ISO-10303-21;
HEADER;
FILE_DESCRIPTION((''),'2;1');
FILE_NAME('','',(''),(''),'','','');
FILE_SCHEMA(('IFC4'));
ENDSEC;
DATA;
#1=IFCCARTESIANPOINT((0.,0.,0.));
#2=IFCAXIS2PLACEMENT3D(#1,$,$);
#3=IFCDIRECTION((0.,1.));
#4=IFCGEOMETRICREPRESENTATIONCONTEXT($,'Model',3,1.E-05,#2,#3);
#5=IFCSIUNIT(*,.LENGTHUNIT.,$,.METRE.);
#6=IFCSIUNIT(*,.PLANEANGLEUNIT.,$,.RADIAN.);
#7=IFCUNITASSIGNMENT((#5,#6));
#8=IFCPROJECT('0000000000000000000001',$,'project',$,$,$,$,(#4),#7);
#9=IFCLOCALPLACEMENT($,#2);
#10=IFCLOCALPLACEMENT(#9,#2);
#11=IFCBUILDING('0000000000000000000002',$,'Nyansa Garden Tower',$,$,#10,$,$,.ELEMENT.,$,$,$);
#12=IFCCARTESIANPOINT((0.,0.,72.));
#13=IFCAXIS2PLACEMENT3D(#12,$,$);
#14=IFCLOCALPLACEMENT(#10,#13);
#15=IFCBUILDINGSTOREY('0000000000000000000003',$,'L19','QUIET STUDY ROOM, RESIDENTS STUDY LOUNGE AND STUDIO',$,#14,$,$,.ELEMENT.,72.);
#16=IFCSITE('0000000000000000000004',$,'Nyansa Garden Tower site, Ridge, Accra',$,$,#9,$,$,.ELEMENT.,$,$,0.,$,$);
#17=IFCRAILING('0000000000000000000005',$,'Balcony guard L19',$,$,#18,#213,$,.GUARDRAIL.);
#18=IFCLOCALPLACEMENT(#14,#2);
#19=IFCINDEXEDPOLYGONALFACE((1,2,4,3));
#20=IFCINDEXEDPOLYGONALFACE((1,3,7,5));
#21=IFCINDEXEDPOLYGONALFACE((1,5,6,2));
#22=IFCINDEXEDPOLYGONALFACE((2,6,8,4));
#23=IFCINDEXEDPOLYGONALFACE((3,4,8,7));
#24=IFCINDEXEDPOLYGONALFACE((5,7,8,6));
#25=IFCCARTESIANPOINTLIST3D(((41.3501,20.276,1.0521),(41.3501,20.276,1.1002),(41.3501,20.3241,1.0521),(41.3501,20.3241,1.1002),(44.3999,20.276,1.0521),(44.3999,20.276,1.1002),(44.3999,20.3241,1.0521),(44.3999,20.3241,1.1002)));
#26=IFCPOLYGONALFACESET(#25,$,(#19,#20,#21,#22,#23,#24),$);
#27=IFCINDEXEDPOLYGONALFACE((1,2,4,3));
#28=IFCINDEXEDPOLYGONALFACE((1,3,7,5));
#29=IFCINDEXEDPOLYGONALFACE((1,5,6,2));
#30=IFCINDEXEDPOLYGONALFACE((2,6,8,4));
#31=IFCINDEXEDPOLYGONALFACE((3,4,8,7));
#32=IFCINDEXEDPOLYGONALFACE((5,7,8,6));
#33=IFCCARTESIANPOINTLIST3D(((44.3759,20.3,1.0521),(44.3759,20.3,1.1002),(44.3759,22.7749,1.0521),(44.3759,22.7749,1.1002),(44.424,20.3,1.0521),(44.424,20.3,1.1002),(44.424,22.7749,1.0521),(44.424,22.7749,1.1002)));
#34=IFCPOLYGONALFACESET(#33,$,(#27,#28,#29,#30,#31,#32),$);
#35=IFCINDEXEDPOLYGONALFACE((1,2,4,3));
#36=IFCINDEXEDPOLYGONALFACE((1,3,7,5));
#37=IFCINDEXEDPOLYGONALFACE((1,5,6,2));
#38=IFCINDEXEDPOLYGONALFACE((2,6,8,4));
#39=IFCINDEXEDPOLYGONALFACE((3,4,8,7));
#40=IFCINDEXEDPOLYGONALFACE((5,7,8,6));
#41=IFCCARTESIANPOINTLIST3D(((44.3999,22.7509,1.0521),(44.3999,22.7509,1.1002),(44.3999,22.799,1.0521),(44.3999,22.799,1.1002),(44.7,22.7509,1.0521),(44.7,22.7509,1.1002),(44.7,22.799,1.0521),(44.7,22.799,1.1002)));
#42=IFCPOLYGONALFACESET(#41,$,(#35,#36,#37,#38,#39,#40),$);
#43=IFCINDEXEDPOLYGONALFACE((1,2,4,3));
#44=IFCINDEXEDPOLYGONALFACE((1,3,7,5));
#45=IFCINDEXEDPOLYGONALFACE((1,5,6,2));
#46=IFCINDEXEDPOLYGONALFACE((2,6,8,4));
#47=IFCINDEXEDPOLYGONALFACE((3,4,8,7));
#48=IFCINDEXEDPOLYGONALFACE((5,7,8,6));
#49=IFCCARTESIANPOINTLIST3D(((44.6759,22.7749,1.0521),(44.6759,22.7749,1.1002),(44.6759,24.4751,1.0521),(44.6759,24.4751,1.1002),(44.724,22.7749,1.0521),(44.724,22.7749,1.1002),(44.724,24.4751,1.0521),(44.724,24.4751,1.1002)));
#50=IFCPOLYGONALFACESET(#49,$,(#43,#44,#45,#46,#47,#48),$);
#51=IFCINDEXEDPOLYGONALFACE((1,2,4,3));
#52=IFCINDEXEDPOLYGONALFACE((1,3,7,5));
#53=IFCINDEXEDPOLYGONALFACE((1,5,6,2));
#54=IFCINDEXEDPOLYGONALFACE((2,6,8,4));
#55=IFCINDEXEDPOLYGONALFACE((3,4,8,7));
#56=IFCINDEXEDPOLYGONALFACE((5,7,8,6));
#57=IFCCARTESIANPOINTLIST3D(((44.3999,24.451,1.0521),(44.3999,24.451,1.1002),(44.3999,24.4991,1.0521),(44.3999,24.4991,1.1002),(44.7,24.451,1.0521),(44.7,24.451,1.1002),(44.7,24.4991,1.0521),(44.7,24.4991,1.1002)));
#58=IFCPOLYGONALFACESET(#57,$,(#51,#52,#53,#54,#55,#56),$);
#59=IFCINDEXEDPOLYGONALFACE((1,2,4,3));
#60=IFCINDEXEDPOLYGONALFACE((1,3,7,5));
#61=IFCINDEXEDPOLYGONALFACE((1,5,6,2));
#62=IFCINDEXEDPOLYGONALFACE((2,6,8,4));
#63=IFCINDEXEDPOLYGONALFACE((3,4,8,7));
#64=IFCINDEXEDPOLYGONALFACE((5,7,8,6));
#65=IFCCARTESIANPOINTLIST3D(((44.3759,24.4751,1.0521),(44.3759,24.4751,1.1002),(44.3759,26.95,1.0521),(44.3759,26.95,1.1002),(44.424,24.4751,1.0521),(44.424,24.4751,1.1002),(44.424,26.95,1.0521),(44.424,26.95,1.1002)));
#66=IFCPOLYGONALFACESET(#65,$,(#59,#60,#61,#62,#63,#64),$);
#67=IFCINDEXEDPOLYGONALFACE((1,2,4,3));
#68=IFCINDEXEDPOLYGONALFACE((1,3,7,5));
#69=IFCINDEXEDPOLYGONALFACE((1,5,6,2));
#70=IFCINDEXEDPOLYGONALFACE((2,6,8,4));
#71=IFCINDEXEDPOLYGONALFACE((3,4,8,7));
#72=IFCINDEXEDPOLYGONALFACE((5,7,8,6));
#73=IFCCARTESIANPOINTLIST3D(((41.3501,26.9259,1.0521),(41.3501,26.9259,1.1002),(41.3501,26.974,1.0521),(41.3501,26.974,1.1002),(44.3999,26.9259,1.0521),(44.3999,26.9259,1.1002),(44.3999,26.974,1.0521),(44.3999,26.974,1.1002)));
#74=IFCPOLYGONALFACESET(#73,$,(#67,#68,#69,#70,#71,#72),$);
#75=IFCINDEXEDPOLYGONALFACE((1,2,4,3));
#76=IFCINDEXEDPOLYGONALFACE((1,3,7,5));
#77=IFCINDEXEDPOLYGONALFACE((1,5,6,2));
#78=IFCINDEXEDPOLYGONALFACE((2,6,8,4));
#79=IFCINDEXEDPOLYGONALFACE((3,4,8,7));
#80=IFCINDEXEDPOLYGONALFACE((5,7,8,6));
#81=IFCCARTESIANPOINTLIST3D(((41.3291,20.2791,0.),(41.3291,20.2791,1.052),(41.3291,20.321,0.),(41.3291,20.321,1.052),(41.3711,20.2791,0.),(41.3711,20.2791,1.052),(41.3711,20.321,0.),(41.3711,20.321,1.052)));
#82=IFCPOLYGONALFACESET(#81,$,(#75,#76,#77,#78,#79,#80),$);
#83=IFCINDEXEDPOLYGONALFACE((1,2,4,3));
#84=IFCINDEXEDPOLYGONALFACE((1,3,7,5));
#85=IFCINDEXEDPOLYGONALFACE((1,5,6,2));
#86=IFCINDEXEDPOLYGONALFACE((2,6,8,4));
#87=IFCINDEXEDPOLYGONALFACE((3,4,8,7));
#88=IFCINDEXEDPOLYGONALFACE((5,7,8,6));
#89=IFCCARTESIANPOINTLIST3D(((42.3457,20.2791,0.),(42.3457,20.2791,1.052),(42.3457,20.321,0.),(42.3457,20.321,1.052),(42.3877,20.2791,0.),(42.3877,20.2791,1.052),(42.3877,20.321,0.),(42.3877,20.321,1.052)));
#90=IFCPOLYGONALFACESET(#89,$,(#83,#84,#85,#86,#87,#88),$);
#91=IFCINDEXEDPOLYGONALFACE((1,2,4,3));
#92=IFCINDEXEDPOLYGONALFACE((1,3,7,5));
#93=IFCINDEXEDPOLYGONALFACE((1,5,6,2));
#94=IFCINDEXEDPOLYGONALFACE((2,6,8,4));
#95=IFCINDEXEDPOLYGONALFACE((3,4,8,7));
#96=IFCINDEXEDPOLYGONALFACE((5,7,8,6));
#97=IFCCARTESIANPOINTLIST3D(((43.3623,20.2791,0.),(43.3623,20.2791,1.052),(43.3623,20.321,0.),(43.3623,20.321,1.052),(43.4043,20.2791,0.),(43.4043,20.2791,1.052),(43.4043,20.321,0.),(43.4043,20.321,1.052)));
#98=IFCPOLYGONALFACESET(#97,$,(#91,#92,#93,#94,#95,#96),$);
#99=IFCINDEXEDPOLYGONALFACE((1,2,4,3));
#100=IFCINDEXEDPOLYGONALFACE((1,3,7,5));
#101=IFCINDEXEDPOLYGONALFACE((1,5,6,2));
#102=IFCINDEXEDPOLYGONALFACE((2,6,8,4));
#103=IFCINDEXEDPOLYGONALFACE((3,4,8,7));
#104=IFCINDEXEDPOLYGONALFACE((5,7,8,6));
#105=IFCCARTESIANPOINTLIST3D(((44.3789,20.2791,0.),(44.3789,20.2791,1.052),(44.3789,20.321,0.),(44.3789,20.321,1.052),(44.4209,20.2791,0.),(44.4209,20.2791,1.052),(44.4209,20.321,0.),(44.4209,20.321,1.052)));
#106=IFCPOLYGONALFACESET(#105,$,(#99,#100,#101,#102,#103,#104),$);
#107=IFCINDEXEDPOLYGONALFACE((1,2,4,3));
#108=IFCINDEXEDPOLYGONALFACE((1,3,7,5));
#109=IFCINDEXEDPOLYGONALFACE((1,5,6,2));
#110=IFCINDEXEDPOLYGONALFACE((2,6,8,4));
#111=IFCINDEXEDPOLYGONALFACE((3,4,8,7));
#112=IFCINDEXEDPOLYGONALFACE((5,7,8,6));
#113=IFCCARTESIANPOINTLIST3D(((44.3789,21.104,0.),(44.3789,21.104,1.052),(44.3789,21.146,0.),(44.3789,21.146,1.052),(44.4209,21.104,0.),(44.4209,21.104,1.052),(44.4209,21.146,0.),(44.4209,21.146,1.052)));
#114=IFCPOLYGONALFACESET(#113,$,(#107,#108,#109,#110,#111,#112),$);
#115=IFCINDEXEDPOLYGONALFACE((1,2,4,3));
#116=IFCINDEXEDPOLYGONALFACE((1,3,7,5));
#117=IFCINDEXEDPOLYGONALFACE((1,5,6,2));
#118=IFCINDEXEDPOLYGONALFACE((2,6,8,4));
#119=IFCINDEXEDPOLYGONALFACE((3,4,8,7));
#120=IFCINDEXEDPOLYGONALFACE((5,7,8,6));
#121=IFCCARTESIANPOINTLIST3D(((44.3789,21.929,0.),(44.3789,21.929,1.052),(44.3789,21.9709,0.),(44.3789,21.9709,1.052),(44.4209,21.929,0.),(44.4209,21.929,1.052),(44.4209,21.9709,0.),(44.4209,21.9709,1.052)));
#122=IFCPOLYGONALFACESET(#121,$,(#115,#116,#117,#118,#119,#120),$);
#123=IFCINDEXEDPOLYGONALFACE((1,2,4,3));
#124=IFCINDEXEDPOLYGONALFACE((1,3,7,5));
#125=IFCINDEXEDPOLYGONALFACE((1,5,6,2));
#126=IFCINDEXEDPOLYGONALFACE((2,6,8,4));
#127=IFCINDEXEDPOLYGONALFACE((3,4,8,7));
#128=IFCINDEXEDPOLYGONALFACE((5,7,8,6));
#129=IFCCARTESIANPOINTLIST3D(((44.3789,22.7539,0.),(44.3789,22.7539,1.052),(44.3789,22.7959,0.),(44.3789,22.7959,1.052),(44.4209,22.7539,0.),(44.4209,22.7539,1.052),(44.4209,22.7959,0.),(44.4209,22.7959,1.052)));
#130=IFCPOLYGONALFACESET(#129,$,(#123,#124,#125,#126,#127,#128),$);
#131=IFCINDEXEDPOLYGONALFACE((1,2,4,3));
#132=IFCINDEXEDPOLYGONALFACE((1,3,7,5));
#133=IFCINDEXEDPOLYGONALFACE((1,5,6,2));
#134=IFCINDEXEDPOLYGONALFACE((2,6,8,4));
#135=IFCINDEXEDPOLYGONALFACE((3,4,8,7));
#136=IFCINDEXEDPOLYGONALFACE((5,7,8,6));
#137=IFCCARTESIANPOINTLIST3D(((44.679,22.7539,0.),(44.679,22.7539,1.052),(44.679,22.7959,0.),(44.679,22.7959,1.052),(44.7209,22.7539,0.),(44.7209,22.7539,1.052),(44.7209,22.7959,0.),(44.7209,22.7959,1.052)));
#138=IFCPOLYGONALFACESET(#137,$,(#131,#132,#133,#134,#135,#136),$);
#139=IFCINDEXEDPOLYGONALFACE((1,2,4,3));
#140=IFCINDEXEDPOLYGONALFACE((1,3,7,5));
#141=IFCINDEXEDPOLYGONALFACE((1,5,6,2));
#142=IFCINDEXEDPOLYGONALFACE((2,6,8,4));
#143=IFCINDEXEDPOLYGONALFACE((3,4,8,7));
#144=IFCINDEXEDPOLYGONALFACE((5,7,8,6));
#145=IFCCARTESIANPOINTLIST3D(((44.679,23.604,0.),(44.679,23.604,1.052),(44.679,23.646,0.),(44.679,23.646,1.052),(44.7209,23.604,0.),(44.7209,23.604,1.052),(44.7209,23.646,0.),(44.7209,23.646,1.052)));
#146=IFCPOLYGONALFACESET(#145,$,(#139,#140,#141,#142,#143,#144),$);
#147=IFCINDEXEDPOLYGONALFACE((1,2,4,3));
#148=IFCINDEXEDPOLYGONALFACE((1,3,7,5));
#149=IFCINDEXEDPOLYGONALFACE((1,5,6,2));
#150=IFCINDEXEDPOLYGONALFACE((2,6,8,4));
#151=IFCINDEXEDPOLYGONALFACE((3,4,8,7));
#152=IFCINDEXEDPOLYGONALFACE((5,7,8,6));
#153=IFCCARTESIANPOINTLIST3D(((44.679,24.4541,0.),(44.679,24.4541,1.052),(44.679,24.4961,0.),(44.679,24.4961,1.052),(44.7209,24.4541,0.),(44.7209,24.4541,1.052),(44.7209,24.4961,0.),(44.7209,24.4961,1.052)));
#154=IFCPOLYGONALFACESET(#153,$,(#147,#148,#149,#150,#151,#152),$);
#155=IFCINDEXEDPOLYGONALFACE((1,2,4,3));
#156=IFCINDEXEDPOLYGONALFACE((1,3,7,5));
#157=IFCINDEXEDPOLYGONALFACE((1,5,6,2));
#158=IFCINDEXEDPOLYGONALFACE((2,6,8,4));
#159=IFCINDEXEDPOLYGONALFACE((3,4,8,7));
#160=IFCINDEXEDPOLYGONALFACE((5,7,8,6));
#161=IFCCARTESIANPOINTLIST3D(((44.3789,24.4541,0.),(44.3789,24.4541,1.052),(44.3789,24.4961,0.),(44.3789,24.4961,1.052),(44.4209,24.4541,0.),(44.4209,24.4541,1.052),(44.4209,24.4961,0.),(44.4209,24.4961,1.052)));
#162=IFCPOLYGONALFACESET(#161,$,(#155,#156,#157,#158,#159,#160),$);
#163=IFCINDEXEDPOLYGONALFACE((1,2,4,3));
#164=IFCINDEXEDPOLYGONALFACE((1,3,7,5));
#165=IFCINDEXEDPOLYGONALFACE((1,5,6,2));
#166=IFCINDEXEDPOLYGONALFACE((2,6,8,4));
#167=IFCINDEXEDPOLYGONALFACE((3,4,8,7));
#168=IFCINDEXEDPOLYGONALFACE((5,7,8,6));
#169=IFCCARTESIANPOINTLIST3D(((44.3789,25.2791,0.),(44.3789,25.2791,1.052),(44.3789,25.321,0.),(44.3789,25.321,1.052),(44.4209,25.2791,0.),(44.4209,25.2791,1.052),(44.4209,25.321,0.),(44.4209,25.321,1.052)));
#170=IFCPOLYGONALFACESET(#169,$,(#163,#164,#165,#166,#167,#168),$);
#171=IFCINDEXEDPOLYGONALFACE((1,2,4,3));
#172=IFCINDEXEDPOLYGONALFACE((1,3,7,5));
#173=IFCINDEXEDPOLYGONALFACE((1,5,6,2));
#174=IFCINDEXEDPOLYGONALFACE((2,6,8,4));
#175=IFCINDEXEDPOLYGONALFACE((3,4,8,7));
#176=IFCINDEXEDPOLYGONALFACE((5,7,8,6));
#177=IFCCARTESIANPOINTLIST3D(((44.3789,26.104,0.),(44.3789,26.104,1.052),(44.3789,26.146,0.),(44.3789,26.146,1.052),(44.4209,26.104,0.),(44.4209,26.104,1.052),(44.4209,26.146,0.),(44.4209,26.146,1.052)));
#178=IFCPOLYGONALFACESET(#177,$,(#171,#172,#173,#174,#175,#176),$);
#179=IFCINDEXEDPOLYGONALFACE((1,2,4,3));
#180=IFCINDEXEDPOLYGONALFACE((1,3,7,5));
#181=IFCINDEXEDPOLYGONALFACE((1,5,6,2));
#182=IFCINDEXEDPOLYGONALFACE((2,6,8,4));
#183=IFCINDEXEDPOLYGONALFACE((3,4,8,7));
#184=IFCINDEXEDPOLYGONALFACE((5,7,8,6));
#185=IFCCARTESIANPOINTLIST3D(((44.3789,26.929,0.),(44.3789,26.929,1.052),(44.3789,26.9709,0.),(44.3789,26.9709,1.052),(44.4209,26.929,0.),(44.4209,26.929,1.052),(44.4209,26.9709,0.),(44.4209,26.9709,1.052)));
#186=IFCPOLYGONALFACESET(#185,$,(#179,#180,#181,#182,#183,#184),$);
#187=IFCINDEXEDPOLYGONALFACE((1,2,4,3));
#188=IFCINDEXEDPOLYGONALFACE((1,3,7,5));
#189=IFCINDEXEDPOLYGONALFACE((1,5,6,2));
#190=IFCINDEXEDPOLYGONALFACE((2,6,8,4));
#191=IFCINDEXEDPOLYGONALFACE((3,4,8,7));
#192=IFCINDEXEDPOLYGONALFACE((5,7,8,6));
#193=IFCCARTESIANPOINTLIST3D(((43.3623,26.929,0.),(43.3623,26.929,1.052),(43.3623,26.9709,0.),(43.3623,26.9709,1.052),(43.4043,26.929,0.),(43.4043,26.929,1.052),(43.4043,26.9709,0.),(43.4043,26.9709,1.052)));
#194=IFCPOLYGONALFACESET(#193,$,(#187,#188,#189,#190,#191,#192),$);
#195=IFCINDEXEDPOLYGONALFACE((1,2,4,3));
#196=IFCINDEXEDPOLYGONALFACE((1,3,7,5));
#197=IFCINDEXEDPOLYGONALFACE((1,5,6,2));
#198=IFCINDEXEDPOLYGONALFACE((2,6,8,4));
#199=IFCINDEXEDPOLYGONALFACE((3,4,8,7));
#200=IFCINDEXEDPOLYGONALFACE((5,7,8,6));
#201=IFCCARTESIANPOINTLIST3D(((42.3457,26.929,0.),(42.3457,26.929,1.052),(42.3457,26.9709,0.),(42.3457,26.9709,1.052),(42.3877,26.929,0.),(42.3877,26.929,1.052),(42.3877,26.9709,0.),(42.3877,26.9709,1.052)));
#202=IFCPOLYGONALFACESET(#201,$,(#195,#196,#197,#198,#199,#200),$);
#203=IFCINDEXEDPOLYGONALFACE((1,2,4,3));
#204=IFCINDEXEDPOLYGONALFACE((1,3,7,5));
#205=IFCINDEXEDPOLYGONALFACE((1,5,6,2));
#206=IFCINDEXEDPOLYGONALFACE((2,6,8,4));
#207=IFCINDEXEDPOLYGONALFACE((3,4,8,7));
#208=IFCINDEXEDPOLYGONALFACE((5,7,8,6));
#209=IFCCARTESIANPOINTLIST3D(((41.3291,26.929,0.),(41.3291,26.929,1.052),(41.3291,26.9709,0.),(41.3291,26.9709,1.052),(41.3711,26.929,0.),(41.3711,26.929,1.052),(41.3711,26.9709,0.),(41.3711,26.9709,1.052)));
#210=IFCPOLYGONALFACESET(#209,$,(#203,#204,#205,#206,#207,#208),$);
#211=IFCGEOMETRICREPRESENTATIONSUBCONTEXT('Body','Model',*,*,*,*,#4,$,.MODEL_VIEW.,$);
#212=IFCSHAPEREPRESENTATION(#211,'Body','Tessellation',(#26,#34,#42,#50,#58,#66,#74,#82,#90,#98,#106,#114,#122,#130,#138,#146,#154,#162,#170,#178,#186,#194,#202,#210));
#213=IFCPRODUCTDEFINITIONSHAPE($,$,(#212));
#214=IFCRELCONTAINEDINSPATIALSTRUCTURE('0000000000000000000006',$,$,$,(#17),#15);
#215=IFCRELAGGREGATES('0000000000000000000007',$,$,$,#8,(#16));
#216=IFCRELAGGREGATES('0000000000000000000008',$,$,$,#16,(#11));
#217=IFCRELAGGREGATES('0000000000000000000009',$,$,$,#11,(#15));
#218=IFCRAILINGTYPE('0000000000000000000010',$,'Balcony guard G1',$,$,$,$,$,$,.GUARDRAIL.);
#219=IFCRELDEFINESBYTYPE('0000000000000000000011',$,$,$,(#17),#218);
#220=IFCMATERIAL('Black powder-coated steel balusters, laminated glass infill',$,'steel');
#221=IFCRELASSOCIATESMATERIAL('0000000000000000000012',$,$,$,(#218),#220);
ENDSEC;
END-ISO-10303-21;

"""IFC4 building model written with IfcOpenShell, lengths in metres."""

from ifc_helpers import new_model, si_unit, direction, frame, origin, origin_2d, place, context, subcontext, project, spatial, rectangle, extrude, material, type_object, element, save


model = new_model("IFC4")

# Units and contexts
model_context = context("Model", 3, precision=1e-05, world=origin(), true_north=direction((0.0, 1.0)))
body_context = subcontext(model_context, "Body", "Model", "MODEL_VIEW")
ifc_project = project(units=[si_unit("LENGTHUNIT", "METRE"), si_unit("PLANEANGLEUNIT", "RADIAN")], contexts=[model_context])

# Site, building, storey
site_placement = place(None, origin())
site = spatial("IfcSite", under=ifc_project, at=site_placement, Name="Nyansa Garden Tower site, Ridge, Accra", CompositionType="ELEMENT", RefElevation=0.0)
building_placement = place(site_placement, origin())
building = spatial("IfcBuilding", under=site, at=building_placement, Name="Nyansa Garden Tower", CompositionType="ELEMENT")
storey_placement = place(building_placement, frame((0.0, 0.0, 72.0)))
storey = spatial("IfcBuildingStorey", under=building, at=storey_placement, Name="L19", Description="QUIET STUDY ROOM, RESIDENTS STUDY LOUNGE AND STUDIO", CompositionType="ELEMENT", Elevation=72.0)

# Railing
ifc_material_1 = material(Name="Black powder-coated steel balusters, laminated glass infill", Category="steel")
railing_type = type_object("IfcRailingType", Name="Balcony guard G1", PredefinedType="GUARDRAIL", material=ifc_material_1)
railing_placement = place(storey_placement, frame((41.3501, 20.3, 0.0)))
element("IfcRailing", 1, at=railing_placement, inside=storey, type_object=railing_type, Name="Balcony guard L19", PredefinedType="GUARDRAIL", context=body_context, shape_type="SweptSolid", body=[
    extrude(rectangle(XDim=0.0481, YDim=0.0481, at=origin_2d()), frame((0.0, 0.0, 1.0762), z_axis=(1.0, 0.0, 0.0), x_axis=(0.0, 1.0, 0.0)), (0.0, 0.0, 1.0), 3.0498),
    extrude(rectangle(XDim=0.0481, YDim=0.0481, at=origin_2d()), frame((3.0498, 0.0, 1.0762), z_axis=(0.0, 1.0, 0.0), x_axis=(-1.0, 0.0, 0.0)), (0.0, 0.0, 1.0), 2.4749),
    extrude(rectangle(XDim=0.0481, YDim=0.0481, at=origin_2d()), frame((3.0498, 2.4749, 1.0762), z_axis=(1.0, 0.0, 0.0), x_axis=(0.0, 1.0, 0.0)), (0.0, 0.0, 1.0), 0.3),
    extrude(rectangle(XDim=0.0481, YDim=0.0481, at=origin_2d()), frame((3.3499, 2.4749, 1.0762), z_axis=(0.0, 1.0, 0.0), x_axis=(-1.0, 0.0, 0.0)), (0.0, 0.0, 1.0), 1.7002),
    extrude(rectangle(XDim=0.0481, YDim=0.0481, at=origin_2d()), frame((3.3499, 4.175, 1.0762), z_axis=(-1.0, 0.0, 0.0), x_axis=(0.0, -1.0, 0.0)), (0.0, 0.0, 1.0), 0.3),
    extrude(rectangle(XDim=0.0481, YDim=0.0481, at=origin_2d()), frame((3.0498, 4.175, 1.0762), z_axis=(0.0, 1.0, 0.0), x_axis=(-1.0, 0.0, 0.0)), (0.0, 0.0, 1.0), 2.4749),
    extrude(rectangle(XDim=0.0481, YDim=0.0481, at=origin_2d()), frame((3.0498, 6.6499, 1.0762), z_axis=(-1.0, 0.0, 0.0), x_axis=(0.0, -1.0, 0.0)), (0.0, 0.0, 1.0), 3.0498),
    extrude(rectangle(XDim=0.042, YDim=0.042, at=origin_2d()), origin(), (0.0, 0.0, 1.0), 1.052),
    extrude(rectangle(XDim=0.042, YDim=0.042, at=origin_2d()), frame((1.0166, 0.0, 0.0)), (0.0, 0.0, 1.0), 1.052),
    extrude(rectangle(XDim=0.042, YDim=0.042, at=origin_2d()), frame((2.0332, 0.0, 0.0)), (0.0, 0.0, 1.0), 1.052),
    extrude(rectangle(XDim=0.042, YDim=0.042, at=origin_2d()), frame((3.0498, 0.0, 0.0)), (0.0, 0.0, 1.0), 1.052),
    extrude(rectangle(XDim=0.042, YDim=0.042, at=origin_2d()), frame((3.0498, 0.825, 0.0)), (0.0, 0.0, 1.0), 1.052),
    extrude(rectangle(XDim=0.042, YDim=0.042, at=origin_2d()), frame((3.0498, 1.6499, 0.0)), (0.0, 0.0, 1.0), 1.052),
    extrude(rectangle(XDim=0.042, YDim=0.042, at=origin_2d()), frame((3.0498, 2.4749, 0.0)), (0.0, 0.0, 1.0), 1.052),
    extrude(rectangle(XDim=0.042, YDim=0.042, at=origin_2d()), frame((3.3499, 2.4749, 0.0)), (0.0, 0.0, 1.0), 1.052),
    extrude(rectangle(XDim=0.042, YDim=0.042, at=origin_2d()), frame((3.3499, 3.325, 0.0)), (0.0, 0.0, 1.0), 1.052),
    extrude(rectangle(XDim=0.042, YDim=0.042, at=origin_2d()), frame((3.3499, 4.175, 0.0)), (0.0, 0.0, 1.0), 1.052),
    extrude(rectangle(XDim=0.042, YDim=0.042, at=origin_2d()), frame((3.0498, 4.175, 0.0)), (0.0, 0.0, 1.0), 1.052),
    extrude(rectangle(XDim=0.042, YDim=0.042, at=origin_2d()), frame((3.0498, 5.0, 0.0)), (0.0, 0.0, 1.0), 1.052),
    extrude(rectangle(XDim=0.042, YDim=0.042, at=origin_2d()), frame((3.0498, 5.825, 0.0)), (0.0, 0.0, 1.0), 1.052),
    extrude(rectangle(XDim=0.042, YDim=0.042, at=origin_2d()), frame((3.0498, 6.6499, 0.0)), (0.0, 0.0, 1.0), 1.052),
    extrude(rectangle(XDim=0.042, YDim=0.042, at=origin_2d()), frame((2.0332, 6.6499, 0.0)), (0.0, 0.0, 1.0), 1.052),
    extrude(rectangle(XDim=0.042, YDim=0.042, at=origin_2d()), frame((1.0166, 6.6499, 0.0)), (0.0, 0.0, 1.0), 1.052),
    extrude(rectangle(XDim=0.042, YDim=0.042, at=origin_2d()), frame((0.0, 6.6499, 0.0)), (0.0, 0.0, 1.0), 1.052),
])

save(model, "model.ifc")
